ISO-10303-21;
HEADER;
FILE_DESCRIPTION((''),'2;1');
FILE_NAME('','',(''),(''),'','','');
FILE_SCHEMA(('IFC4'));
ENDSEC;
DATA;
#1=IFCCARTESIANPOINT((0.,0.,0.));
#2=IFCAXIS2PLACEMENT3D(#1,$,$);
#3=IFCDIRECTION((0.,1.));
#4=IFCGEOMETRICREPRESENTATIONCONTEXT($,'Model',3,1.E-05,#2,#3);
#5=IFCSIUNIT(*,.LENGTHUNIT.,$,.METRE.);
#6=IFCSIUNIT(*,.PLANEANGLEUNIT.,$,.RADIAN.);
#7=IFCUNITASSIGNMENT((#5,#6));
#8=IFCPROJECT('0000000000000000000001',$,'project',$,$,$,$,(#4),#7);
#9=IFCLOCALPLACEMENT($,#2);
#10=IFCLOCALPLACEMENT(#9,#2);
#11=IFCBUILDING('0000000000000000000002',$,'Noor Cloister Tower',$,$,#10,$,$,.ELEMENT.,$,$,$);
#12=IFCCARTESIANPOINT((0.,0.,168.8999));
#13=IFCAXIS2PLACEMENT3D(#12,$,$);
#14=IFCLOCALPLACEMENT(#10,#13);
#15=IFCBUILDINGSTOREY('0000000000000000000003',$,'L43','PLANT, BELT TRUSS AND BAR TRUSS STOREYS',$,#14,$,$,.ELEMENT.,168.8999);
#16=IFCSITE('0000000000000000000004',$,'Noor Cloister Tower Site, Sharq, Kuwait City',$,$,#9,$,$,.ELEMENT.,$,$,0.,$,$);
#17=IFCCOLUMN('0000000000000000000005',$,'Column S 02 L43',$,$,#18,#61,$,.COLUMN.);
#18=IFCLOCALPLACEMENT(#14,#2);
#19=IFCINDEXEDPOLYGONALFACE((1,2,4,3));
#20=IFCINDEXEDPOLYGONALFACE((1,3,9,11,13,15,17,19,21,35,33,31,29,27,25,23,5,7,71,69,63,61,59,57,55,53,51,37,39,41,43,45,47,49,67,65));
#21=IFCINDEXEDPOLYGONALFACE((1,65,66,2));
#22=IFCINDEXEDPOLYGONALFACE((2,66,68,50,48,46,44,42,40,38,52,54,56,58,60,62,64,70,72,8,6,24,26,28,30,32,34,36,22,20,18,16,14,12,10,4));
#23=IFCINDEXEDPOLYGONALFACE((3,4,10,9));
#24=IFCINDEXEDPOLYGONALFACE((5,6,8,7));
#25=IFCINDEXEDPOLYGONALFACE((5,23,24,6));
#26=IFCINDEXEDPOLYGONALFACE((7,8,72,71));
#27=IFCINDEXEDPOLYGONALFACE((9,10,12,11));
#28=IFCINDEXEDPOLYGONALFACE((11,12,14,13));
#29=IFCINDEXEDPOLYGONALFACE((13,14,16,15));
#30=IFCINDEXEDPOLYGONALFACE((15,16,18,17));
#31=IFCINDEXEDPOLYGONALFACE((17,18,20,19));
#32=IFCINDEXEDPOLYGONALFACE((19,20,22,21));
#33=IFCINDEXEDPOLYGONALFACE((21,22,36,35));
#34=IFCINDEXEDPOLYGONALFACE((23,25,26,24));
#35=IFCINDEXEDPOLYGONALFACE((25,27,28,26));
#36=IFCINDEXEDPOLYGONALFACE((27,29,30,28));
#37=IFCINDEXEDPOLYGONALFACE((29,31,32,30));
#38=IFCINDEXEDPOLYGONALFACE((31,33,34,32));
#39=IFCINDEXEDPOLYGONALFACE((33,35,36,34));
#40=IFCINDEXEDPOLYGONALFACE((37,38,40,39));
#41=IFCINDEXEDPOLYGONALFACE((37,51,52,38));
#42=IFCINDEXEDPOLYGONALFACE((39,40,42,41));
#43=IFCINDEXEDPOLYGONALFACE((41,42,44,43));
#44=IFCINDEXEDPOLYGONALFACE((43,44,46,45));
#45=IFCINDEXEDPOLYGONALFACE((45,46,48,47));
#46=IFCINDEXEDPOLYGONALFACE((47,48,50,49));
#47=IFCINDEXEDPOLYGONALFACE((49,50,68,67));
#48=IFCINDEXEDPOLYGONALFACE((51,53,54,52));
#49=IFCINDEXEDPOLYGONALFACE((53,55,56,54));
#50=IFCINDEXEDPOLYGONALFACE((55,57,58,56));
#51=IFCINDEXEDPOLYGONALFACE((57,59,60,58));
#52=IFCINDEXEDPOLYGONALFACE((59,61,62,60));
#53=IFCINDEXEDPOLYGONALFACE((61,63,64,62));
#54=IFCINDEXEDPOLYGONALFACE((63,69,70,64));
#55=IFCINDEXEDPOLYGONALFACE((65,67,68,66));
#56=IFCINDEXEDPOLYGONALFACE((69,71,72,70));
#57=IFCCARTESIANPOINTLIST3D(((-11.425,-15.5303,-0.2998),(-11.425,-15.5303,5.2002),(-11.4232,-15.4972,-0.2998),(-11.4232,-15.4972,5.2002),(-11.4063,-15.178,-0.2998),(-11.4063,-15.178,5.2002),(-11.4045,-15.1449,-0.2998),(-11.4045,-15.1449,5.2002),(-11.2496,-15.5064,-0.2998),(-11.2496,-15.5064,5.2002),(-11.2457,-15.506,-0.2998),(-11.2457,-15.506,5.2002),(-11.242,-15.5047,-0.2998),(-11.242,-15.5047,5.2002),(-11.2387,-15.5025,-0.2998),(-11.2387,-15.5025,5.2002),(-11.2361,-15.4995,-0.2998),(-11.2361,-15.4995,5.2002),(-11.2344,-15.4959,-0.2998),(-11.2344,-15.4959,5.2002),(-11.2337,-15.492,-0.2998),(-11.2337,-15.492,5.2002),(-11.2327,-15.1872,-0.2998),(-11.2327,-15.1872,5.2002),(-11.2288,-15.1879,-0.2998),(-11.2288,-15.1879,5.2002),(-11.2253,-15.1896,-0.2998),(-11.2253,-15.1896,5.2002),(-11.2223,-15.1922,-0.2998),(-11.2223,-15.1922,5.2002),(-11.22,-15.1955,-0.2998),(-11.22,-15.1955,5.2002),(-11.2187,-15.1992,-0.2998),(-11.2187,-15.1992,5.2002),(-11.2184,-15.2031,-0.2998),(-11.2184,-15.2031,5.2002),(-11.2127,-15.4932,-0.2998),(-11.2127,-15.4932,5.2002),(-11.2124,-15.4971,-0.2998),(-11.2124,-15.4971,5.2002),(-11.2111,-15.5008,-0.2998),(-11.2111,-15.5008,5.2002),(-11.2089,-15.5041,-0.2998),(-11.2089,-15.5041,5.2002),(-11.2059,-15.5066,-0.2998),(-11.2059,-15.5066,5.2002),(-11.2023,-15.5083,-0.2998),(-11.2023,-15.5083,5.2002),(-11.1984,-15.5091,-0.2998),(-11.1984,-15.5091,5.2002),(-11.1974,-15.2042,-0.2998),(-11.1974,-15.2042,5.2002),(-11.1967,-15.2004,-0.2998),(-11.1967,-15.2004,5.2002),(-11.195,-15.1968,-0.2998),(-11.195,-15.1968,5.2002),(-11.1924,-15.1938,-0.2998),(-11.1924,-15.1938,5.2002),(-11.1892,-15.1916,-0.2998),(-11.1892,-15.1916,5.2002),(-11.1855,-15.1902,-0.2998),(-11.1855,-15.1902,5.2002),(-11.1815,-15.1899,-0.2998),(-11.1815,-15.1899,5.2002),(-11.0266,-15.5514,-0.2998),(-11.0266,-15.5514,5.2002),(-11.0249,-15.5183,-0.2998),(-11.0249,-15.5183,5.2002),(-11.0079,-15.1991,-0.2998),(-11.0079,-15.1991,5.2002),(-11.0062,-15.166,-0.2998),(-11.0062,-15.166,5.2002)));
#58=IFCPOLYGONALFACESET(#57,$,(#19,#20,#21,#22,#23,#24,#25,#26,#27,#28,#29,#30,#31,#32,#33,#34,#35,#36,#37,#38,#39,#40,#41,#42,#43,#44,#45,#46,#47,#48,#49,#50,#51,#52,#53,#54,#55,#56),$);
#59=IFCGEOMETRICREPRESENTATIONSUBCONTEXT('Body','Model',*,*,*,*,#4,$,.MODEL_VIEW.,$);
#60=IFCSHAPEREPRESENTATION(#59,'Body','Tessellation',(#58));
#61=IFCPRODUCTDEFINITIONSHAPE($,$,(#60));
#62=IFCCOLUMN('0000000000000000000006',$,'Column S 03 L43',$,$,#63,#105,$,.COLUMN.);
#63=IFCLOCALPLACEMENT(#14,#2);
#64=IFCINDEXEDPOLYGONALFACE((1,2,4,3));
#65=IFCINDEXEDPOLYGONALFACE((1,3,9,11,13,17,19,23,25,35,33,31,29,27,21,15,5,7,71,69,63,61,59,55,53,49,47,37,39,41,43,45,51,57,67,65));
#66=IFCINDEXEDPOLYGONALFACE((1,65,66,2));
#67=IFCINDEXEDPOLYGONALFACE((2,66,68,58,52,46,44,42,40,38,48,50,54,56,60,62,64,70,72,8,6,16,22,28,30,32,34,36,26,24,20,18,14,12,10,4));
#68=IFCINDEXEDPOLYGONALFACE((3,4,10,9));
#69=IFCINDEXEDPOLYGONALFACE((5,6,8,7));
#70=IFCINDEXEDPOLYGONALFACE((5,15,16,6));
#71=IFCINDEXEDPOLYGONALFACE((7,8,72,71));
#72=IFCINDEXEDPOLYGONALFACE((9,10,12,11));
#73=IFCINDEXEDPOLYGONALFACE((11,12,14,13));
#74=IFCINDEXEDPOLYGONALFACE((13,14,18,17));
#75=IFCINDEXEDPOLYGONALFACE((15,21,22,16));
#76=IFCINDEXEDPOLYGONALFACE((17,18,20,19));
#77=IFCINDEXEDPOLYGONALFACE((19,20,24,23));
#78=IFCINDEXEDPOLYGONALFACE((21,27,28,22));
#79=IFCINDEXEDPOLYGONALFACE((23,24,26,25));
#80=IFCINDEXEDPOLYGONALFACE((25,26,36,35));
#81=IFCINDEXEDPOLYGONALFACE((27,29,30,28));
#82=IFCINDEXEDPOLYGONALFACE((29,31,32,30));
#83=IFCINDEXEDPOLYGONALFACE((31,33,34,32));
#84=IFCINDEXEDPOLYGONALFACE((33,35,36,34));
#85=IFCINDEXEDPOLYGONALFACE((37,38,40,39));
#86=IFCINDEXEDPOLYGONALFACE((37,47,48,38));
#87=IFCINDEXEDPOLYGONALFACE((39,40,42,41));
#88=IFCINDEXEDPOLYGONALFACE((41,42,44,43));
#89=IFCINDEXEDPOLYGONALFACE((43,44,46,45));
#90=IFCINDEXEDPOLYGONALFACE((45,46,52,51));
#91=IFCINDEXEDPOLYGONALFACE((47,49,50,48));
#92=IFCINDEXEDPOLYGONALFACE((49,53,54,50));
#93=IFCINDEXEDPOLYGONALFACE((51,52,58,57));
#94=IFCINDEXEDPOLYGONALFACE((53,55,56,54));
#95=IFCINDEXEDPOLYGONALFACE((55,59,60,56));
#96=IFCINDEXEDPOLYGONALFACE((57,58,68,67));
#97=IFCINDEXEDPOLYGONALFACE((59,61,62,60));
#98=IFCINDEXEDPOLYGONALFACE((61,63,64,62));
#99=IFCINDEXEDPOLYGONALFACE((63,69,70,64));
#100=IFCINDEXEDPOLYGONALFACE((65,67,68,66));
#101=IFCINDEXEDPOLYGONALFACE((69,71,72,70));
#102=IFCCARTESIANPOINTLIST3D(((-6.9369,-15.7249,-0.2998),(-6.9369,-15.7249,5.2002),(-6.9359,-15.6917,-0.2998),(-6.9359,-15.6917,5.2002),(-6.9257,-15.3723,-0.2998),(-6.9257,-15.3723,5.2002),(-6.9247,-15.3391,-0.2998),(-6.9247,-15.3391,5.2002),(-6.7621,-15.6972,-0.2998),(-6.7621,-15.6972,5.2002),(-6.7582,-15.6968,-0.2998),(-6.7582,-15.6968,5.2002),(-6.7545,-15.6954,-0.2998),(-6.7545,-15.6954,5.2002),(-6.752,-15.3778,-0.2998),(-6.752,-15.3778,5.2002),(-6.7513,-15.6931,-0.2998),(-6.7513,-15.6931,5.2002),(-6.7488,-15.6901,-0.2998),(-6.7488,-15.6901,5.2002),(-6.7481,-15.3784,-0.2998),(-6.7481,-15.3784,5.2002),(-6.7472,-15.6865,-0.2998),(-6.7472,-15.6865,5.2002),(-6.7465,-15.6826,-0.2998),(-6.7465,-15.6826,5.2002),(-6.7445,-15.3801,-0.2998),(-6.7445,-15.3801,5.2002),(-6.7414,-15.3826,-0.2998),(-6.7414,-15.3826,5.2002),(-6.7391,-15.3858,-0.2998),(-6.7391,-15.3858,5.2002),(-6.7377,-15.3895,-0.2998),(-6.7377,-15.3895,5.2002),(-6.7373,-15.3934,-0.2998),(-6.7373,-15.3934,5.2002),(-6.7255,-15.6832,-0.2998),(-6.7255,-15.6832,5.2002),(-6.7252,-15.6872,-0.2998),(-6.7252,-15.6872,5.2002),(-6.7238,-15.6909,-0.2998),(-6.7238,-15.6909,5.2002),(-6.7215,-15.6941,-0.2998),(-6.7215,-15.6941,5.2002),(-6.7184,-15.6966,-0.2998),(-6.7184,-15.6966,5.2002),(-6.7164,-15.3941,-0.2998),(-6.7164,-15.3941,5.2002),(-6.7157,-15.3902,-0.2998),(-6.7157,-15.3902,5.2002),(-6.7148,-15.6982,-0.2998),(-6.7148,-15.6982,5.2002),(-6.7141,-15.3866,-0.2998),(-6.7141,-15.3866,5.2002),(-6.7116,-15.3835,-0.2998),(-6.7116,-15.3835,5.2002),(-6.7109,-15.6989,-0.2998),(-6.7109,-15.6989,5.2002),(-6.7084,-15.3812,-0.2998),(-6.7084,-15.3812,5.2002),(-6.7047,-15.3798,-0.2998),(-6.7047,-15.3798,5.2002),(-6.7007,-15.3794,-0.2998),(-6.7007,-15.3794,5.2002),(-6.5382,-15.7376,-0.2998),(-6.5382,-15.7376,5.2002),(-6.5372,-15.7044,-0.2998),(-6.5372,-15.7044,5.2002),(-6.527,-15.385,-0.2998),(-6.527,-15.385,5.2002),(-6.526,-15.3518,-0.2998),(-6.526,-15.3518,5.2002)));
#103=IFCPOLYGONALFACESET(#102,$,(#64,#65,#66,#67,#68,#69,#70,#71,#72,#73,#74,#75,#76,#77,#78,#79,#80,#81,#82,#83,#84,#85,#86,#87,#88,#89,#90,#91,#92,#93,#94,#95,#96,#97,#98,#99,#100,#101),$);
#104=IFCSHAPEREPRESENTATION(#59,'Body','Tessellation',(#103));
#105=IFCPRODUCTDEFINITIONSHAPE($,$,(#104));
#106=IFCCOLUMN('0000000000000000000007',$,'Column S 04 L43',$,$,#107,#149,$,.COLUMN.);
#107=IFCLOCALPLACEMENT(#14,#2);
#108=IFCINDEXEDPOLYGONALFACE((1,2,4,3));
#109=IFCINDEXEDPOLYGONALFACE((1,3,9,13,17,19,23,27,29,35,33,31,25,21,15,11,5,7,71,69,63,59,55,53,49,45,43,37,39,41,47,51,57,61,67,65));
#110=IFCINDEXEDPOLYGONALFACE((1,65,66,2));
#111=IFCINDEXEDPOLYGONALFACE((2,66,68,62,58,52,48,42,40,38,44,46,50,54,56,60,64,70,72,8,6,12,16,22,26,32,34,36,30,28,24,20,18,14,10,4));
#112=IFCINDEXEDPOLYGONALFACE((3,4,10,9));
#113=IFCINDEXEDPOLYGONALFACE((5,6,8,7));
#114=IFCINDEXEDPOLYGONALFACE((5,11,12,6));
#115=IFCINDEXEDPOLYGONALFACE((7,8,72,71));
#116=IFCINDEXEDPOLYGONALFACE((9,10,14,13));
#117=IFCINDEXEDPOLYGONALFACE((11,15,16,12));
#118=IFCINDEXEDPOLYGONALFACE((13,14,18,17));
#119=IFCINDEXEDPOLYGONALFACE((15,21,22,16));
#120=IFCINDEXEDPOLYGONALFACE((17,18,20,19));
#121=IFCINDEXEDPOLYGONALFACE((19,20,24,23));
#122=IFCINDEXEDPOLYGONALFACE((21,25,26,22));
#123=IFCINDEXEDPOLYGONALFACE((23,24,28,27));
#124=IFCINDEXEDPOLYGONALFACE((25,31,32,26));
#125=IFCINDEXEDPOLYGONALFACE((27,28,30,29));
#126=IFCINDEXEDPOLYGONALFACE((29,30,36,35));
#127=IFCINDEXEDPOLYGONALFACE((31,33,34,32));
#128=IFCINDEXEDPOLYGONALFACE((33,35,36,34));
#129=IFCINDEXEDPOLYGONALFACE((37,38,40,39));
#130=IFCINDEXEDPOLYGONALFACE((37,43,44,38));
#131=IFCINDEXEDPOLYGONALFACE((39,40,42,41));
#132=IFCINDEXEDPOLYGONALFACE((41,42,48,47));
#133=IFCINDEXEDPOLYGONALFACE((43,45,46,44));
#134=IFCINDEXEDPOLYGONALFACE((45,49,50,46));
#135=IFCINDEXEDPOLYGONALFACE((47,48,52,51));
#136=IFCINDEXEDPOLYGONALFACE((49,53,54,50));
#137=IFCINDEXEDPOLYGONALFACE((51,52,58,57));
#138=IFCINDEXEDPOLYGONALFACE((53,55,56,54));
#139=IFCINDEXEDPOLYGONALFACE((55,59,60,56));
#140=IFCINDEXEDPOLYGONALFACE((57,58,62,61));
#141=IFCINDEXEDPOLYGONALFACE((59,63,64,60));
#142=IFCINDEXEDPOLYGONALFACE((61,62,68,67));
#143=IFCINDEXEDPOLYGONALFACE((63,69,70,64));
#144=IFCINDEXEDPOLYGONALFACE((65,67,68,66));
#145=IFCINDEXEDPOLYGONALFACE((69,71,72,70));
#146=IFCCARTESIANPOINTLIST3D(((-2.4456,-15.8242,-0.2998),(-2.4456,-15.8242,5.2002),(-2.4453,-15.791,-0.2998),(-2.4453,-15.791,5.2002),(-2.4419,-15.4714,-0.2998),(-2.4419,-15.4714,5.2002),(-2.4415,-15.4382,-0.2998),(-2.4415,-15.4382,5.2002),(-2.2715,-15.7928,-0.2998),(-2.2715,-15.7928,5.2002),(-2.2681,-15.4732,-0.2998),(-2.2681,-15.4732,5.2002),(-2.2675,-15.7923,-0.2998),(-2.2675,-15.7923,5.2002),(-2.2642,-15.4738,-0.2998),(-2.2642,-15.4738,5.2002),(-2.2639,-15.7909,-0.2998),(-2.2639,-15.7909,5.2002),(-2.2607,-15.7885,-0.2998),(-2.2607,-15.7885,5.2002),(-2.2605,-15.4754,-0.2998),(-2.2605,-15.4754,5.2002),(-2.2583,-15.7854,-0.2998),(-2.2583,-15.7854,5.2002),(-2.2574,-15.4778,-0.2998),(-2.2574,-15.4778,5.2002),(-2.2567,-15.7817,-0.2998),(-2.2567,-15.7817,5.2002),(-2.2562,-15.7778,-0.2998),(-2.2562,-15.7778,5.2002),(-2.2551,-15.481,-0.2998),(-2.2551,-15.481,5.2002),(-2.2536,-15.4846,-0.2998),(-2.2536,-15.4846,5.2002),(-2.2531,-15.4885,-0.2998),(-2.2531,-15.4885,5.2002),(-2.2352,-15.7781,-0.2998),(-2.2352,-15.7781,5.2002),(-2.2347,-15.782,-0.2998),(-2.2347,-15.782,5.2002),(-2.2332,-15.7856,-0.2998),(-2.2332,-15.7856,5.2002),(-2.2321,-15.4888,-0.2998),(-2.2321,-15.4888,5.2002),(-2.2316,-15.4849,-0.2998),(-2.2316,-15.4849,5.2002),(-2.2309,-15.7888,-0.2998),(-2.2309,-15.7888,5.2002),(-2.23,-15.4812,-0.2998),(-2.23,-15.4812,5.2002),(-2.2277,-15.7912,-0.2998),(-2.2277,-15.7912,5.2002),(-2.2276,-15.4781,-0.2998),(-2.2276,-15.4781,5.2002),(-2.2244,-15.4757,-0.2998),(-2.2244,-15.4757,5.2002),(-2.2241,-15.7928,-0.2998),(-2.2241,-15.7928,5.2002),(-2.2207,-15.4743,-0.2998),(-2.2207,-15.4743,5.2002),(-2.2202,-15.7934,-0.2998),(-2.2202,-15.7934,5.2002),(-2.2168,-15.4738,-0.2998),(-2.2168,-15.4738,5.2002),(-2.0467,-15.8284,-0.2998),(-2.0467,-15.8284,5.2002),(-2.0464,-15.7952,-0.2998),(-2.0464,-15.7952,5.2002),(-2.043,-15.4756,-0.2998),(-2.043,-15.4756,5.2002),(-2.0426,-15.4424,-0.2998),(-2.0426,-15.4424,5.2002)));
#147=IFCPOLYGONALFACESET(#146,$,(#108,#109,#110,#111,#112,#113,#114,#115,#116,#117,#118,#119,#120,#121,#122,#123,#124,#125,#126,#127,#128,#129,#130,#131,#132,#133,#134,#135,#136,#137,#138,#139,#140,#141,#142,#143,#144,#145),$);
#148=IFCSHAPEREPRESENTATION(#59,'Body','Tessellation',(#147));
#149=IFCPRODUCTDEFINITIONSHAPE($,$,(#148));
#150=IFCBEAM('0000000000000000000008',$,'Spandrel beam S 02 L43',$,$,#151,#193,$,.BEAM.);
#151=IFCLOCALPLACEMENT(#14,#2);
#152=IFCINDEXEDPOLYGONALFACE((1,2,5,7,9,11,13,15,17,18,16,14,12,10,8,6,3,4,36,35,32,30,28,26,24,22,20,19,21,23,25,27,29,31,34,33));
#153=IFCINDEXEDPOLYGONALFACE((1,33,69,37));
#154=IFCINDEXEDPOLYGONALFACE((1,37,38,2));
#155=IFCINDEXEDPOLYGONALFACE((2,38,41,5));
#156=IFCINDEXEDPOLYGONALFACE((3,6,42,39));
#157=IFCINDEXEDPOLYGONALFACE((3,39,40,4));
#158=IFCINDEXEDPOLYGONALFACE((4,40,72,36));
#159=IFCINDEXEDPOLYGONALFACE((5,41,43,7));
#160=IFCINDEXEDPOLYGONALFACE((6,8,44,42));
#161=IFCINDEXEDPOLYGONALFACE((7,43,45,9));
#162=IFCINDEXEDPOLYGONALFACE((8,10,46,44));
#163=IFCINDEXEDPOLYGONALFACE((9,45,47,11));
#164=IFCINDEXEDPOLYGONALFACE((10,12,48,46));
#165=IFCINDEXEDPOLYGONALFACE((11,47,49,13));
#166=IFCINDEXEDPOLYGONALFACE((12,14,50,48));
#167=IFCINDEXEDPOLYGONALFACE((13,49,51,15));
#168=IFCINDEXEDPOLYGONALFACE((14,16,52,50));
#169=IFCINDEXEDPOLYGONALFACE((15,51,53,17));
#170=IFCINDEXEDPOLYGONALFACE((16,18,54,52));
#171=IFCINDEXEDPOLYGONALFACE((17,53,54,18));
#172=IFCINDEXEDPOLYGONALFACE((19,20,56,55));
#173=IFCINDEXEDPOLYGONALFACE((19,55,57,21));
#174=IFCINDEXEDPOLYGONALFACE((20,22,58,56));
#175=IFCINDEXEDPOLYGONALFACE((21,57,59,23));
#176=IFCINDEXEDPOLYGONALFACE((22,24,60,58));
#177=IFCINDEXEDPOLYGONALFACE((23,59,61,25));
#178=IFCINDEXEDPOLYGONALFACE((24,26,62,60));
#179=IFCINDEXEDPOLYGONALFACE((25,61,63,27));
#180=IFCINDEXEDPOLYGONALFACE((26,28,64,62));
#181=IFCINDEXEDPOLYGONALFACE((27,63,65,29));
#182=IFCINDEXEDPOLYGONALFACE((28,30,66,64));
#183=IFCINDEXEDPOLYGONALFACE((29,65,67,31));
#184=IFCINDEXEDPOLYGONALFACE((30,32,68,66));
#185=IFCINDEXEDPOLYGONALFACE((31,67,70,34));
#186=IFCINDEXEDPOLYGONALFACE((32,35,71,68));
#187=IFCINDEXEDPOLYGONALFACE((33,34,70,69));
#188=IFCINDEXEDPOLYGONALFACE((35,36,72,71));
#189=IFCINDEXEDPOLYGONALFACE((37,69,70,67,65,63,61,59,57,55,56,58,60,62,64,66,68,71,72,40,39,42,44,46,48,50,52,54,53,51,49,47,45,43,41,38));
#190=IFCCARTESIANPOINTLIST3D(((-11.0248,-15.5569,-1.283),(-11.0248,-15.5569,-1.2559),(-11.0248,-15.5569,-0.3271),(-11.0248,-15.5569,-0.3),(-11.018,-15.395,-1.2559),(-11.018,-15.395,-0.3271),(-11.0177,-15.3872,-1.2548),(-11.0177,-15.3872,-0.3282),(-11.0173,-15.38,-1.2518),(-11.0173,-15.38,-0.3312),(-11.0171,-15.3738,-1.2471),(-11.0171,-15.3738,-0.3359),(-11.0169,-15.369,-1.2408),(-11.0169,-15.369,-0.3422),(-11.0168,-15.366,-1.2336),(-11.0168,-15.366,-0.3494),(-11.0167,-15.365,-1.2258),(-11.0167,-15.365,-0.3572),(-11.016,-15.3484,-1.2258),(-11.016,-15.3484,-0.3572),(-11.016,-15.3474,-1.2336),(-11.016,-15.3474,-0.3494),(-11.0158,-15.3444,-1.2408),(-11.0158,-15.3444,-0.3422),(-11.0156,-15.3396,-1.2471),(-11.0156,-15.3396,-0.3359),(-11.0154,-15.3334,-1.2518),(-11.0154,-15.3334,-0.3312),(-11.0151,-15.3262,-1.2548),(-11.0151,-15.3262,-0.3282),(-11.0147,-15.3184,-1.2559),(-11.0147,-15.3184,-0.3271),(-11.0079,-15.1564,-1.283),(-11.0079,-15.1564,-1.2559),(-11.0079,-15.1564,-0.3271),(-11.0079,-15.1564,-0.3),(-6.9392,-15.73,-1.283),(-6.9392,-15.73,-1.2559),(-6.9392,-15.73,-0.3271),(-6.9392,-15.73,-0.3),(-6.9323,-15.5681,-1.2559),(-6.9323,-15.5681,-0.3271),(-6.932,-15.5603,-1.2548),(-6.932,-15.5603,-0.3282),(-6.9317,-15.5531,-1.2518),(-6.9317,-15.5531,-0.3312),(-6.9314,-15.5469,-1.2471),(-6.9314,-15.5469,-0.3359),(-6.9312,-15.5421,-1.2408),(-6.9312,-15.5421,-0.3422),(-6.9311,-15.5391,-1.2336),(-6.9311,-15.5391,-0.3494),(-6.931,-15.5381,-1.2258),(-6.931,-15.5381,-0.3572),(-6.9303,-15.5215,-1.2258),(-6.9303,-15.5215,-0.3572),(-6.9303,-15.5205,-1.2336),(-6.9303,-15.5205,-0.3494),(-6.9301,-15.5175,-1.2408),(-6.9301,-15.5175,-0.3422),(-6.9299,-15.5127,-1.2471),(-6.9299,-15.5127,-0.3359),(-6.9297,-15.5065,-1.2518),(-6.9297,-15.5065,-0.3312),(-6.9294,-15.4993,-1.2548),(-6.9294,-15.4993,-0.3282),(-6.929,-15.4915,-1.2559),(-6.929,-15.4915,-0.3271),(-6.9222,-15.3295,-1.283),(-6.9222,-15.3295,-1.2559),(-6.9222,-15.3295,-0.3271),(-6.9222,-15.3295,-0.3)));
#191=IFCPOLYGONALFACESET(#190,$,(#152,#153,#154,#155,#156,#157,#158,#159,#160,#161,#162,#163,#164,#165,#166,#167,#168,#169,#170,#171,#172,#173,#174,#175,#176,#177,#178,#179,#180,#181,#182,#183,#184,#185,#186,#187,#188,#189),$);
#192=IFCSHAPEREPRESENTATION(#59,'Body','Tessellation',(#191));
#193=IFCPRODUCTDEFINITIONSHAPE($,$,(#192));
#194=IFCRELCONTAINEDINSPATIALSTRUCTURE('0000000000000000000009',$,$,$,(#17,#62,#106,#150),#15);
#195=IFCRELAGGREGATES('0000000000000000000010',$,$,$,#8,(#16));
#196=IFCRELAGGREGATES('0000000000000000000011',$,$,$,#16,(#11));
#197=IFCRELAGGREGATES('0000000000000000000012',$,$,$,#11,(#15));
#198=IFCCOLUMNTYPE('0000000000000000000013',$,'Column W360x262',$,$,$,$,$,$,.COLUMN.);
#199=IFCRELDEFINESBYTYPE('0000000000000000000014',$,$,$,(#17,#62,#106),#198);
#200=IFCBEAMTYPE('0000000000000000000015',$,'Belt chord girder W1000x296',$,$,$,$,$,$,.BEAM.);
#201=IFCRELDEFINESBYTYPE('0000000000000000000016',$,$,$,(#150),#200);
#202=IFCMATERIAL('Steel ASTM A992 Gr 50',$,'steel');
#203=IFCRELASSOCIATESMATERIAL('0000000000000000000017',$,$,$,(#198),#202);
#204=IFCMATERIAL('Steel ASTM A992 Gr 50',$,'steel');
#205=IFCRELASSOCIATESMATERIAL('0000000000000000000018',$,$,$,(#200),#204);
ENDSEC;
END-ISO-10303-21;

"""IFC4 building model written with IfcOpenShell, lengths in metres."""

from ifc_helpers import new_model, si_unit, direction, frame, origin, origin_2d, place, context, subcontext, project, spatial, i_section, extrude, material, material_profile, profile_set, type_object, element, save


model = new_model("IFC4")

# Units and contexts
model_context = context("Model", 3, precision=1e-05, world=origin(), true_north=direction((0.0, 1.0)))
body_context = subcontext(model_context, "Body", "Model", "MODEL_VIEW")
ifc_project = project(units=[si_unit("LENGTHUNIT", "METRE"), si_unit("PLANEANGLEUNIT", "RADIAN")], contexts=[model_context])

# Site, building, storey
site_placement = place(None, origin())
site = spatial("IfcSite", under=ifc_project, at=site_placement, Name="Noor Cloister Tower Site, Sharq, Kuwait City", CompositionType="ELEMENT", RefElevation=0.0)
building_placement = place(site_placement, origin())
building = spatial("IfcBuilding", under=site, at=building_placement, Name="Noor Cloister Tower", CompositionType="ELEMENT")
storey_placement = place(building_placement, frame((0.0, 0.0, 168.8999)))
storey = spatial("IfcBuildingStorey", under=building, at=storey_placement, Name="L43", Description="PLANT, BELT TRUSS AND BAR TRUSS STOREYS", CompositionType="ELEMENT", Elevation=168.8999)

# Columns
ifc_material_1 = material(Name="Steel ASTM A992 Gr 50", Category="steel")
ifc_material_profile_1 = material_profile(ifc_material_1, i_section(OverallWidth=0.3989, OverallDepth=0.386, WebThickness=0.021, FlangeThickness=0.0332, FilletRadius=0.0151, at=origin_2d()), Name="W360x262")
ifc_profile_set_1 = profile_set([ifc_material_profile_1], Name="Steel ASTM A992 Gr 50")
column_type = type_object("IfcColumnType", Name="Column W360x262", PredefinedType="COLUMN", material=ifc_profile_set_1)
for number, where, z_axis, x_axis, name in (
    (1, (-11.2156, -15.3481, -0.2998), (0.0, 0.0, 1.0), (0.998598, -0.052929, 0.0), "Column S 02 L43"),
    (2, (-6.7314, -15.5383, -0.2998), (0.0, 0.0, 1.0), (0.999495, -0.031767, 0.0), "Column S 03 L43"),
    (3, (-2.2441, -15.6333, -0.2998), (0.0, 0.0, 1.0), (0.999944, -0.010591, 0.0), "Column S 04 L43"),
):
    element("IfcColumn", number, at=place(storey_placement, frame(where, z_axis=z_axis, x_axis=x_axis)), inside=storey, type_object=column_type, Name=name, PredefinedType="COLUMN", context=body_context, shape_type="SweptSolid", body=[
        extrude(i_section(OverallWidth=0.3989, OverallDepth=0.386, WebThickness=0.021, FlangeThickness=0.0332, FilletRadius=0.0151, at=origin_2d()), origin(), (0.0, 0.0, 1.0), 5.5),
    ])

# Beam
ifc_material_2 = material(Name="Steel ASTM A992 Gr 50", Category="steel")
ifc_material_profile_2 = material_profile(ifc_material_2, i_section(OverallWidth=0.4009, OverallDepth=0.9829, WebThickness=0.0166, FlangeThickness=0.0271, FilletRadius=0.03, at=origin_2d()), Name="W1000x296")
ifc_profile_set_2 = profile_set([ifc_material_profile_2], Name="Steel ASTM A992 Gr 50")
beam_type_1 = type_object("IfcBeamType", Name="Belt chord girder W1000x296", PredefinedType="BEAM", material=ifc_profile_set_2)
for number, where, z_axis, x_axis, name in (
    (4, (-11.0164, -15.3567, -0.7915), (0.999104, -0.042328, 0.0), (0.042328, 0.999104, 0.0), "Spandrel beam S 02 L43"),
):
    element("IfcBeam", number, at=place(storey_placement, frame(where, z_axis=z_axis, x_axis=x_axis)), inside=storey, type_object=beam_type_1, Name=name, PredefinedType="BEAM", context=body_context, shape_type="SweptSolid", body=[
        extrude(i_section(OverallWidth=0.4009, OverallDepth=0.9829, WebThickness=0.0166, FlangeThickness=0.0271, FilletRadius=0.03, at=origin_2d()), origin(), (0.0, 0.0, 1.0), 4.0894),
    ])

save(model, "model.ifc")
